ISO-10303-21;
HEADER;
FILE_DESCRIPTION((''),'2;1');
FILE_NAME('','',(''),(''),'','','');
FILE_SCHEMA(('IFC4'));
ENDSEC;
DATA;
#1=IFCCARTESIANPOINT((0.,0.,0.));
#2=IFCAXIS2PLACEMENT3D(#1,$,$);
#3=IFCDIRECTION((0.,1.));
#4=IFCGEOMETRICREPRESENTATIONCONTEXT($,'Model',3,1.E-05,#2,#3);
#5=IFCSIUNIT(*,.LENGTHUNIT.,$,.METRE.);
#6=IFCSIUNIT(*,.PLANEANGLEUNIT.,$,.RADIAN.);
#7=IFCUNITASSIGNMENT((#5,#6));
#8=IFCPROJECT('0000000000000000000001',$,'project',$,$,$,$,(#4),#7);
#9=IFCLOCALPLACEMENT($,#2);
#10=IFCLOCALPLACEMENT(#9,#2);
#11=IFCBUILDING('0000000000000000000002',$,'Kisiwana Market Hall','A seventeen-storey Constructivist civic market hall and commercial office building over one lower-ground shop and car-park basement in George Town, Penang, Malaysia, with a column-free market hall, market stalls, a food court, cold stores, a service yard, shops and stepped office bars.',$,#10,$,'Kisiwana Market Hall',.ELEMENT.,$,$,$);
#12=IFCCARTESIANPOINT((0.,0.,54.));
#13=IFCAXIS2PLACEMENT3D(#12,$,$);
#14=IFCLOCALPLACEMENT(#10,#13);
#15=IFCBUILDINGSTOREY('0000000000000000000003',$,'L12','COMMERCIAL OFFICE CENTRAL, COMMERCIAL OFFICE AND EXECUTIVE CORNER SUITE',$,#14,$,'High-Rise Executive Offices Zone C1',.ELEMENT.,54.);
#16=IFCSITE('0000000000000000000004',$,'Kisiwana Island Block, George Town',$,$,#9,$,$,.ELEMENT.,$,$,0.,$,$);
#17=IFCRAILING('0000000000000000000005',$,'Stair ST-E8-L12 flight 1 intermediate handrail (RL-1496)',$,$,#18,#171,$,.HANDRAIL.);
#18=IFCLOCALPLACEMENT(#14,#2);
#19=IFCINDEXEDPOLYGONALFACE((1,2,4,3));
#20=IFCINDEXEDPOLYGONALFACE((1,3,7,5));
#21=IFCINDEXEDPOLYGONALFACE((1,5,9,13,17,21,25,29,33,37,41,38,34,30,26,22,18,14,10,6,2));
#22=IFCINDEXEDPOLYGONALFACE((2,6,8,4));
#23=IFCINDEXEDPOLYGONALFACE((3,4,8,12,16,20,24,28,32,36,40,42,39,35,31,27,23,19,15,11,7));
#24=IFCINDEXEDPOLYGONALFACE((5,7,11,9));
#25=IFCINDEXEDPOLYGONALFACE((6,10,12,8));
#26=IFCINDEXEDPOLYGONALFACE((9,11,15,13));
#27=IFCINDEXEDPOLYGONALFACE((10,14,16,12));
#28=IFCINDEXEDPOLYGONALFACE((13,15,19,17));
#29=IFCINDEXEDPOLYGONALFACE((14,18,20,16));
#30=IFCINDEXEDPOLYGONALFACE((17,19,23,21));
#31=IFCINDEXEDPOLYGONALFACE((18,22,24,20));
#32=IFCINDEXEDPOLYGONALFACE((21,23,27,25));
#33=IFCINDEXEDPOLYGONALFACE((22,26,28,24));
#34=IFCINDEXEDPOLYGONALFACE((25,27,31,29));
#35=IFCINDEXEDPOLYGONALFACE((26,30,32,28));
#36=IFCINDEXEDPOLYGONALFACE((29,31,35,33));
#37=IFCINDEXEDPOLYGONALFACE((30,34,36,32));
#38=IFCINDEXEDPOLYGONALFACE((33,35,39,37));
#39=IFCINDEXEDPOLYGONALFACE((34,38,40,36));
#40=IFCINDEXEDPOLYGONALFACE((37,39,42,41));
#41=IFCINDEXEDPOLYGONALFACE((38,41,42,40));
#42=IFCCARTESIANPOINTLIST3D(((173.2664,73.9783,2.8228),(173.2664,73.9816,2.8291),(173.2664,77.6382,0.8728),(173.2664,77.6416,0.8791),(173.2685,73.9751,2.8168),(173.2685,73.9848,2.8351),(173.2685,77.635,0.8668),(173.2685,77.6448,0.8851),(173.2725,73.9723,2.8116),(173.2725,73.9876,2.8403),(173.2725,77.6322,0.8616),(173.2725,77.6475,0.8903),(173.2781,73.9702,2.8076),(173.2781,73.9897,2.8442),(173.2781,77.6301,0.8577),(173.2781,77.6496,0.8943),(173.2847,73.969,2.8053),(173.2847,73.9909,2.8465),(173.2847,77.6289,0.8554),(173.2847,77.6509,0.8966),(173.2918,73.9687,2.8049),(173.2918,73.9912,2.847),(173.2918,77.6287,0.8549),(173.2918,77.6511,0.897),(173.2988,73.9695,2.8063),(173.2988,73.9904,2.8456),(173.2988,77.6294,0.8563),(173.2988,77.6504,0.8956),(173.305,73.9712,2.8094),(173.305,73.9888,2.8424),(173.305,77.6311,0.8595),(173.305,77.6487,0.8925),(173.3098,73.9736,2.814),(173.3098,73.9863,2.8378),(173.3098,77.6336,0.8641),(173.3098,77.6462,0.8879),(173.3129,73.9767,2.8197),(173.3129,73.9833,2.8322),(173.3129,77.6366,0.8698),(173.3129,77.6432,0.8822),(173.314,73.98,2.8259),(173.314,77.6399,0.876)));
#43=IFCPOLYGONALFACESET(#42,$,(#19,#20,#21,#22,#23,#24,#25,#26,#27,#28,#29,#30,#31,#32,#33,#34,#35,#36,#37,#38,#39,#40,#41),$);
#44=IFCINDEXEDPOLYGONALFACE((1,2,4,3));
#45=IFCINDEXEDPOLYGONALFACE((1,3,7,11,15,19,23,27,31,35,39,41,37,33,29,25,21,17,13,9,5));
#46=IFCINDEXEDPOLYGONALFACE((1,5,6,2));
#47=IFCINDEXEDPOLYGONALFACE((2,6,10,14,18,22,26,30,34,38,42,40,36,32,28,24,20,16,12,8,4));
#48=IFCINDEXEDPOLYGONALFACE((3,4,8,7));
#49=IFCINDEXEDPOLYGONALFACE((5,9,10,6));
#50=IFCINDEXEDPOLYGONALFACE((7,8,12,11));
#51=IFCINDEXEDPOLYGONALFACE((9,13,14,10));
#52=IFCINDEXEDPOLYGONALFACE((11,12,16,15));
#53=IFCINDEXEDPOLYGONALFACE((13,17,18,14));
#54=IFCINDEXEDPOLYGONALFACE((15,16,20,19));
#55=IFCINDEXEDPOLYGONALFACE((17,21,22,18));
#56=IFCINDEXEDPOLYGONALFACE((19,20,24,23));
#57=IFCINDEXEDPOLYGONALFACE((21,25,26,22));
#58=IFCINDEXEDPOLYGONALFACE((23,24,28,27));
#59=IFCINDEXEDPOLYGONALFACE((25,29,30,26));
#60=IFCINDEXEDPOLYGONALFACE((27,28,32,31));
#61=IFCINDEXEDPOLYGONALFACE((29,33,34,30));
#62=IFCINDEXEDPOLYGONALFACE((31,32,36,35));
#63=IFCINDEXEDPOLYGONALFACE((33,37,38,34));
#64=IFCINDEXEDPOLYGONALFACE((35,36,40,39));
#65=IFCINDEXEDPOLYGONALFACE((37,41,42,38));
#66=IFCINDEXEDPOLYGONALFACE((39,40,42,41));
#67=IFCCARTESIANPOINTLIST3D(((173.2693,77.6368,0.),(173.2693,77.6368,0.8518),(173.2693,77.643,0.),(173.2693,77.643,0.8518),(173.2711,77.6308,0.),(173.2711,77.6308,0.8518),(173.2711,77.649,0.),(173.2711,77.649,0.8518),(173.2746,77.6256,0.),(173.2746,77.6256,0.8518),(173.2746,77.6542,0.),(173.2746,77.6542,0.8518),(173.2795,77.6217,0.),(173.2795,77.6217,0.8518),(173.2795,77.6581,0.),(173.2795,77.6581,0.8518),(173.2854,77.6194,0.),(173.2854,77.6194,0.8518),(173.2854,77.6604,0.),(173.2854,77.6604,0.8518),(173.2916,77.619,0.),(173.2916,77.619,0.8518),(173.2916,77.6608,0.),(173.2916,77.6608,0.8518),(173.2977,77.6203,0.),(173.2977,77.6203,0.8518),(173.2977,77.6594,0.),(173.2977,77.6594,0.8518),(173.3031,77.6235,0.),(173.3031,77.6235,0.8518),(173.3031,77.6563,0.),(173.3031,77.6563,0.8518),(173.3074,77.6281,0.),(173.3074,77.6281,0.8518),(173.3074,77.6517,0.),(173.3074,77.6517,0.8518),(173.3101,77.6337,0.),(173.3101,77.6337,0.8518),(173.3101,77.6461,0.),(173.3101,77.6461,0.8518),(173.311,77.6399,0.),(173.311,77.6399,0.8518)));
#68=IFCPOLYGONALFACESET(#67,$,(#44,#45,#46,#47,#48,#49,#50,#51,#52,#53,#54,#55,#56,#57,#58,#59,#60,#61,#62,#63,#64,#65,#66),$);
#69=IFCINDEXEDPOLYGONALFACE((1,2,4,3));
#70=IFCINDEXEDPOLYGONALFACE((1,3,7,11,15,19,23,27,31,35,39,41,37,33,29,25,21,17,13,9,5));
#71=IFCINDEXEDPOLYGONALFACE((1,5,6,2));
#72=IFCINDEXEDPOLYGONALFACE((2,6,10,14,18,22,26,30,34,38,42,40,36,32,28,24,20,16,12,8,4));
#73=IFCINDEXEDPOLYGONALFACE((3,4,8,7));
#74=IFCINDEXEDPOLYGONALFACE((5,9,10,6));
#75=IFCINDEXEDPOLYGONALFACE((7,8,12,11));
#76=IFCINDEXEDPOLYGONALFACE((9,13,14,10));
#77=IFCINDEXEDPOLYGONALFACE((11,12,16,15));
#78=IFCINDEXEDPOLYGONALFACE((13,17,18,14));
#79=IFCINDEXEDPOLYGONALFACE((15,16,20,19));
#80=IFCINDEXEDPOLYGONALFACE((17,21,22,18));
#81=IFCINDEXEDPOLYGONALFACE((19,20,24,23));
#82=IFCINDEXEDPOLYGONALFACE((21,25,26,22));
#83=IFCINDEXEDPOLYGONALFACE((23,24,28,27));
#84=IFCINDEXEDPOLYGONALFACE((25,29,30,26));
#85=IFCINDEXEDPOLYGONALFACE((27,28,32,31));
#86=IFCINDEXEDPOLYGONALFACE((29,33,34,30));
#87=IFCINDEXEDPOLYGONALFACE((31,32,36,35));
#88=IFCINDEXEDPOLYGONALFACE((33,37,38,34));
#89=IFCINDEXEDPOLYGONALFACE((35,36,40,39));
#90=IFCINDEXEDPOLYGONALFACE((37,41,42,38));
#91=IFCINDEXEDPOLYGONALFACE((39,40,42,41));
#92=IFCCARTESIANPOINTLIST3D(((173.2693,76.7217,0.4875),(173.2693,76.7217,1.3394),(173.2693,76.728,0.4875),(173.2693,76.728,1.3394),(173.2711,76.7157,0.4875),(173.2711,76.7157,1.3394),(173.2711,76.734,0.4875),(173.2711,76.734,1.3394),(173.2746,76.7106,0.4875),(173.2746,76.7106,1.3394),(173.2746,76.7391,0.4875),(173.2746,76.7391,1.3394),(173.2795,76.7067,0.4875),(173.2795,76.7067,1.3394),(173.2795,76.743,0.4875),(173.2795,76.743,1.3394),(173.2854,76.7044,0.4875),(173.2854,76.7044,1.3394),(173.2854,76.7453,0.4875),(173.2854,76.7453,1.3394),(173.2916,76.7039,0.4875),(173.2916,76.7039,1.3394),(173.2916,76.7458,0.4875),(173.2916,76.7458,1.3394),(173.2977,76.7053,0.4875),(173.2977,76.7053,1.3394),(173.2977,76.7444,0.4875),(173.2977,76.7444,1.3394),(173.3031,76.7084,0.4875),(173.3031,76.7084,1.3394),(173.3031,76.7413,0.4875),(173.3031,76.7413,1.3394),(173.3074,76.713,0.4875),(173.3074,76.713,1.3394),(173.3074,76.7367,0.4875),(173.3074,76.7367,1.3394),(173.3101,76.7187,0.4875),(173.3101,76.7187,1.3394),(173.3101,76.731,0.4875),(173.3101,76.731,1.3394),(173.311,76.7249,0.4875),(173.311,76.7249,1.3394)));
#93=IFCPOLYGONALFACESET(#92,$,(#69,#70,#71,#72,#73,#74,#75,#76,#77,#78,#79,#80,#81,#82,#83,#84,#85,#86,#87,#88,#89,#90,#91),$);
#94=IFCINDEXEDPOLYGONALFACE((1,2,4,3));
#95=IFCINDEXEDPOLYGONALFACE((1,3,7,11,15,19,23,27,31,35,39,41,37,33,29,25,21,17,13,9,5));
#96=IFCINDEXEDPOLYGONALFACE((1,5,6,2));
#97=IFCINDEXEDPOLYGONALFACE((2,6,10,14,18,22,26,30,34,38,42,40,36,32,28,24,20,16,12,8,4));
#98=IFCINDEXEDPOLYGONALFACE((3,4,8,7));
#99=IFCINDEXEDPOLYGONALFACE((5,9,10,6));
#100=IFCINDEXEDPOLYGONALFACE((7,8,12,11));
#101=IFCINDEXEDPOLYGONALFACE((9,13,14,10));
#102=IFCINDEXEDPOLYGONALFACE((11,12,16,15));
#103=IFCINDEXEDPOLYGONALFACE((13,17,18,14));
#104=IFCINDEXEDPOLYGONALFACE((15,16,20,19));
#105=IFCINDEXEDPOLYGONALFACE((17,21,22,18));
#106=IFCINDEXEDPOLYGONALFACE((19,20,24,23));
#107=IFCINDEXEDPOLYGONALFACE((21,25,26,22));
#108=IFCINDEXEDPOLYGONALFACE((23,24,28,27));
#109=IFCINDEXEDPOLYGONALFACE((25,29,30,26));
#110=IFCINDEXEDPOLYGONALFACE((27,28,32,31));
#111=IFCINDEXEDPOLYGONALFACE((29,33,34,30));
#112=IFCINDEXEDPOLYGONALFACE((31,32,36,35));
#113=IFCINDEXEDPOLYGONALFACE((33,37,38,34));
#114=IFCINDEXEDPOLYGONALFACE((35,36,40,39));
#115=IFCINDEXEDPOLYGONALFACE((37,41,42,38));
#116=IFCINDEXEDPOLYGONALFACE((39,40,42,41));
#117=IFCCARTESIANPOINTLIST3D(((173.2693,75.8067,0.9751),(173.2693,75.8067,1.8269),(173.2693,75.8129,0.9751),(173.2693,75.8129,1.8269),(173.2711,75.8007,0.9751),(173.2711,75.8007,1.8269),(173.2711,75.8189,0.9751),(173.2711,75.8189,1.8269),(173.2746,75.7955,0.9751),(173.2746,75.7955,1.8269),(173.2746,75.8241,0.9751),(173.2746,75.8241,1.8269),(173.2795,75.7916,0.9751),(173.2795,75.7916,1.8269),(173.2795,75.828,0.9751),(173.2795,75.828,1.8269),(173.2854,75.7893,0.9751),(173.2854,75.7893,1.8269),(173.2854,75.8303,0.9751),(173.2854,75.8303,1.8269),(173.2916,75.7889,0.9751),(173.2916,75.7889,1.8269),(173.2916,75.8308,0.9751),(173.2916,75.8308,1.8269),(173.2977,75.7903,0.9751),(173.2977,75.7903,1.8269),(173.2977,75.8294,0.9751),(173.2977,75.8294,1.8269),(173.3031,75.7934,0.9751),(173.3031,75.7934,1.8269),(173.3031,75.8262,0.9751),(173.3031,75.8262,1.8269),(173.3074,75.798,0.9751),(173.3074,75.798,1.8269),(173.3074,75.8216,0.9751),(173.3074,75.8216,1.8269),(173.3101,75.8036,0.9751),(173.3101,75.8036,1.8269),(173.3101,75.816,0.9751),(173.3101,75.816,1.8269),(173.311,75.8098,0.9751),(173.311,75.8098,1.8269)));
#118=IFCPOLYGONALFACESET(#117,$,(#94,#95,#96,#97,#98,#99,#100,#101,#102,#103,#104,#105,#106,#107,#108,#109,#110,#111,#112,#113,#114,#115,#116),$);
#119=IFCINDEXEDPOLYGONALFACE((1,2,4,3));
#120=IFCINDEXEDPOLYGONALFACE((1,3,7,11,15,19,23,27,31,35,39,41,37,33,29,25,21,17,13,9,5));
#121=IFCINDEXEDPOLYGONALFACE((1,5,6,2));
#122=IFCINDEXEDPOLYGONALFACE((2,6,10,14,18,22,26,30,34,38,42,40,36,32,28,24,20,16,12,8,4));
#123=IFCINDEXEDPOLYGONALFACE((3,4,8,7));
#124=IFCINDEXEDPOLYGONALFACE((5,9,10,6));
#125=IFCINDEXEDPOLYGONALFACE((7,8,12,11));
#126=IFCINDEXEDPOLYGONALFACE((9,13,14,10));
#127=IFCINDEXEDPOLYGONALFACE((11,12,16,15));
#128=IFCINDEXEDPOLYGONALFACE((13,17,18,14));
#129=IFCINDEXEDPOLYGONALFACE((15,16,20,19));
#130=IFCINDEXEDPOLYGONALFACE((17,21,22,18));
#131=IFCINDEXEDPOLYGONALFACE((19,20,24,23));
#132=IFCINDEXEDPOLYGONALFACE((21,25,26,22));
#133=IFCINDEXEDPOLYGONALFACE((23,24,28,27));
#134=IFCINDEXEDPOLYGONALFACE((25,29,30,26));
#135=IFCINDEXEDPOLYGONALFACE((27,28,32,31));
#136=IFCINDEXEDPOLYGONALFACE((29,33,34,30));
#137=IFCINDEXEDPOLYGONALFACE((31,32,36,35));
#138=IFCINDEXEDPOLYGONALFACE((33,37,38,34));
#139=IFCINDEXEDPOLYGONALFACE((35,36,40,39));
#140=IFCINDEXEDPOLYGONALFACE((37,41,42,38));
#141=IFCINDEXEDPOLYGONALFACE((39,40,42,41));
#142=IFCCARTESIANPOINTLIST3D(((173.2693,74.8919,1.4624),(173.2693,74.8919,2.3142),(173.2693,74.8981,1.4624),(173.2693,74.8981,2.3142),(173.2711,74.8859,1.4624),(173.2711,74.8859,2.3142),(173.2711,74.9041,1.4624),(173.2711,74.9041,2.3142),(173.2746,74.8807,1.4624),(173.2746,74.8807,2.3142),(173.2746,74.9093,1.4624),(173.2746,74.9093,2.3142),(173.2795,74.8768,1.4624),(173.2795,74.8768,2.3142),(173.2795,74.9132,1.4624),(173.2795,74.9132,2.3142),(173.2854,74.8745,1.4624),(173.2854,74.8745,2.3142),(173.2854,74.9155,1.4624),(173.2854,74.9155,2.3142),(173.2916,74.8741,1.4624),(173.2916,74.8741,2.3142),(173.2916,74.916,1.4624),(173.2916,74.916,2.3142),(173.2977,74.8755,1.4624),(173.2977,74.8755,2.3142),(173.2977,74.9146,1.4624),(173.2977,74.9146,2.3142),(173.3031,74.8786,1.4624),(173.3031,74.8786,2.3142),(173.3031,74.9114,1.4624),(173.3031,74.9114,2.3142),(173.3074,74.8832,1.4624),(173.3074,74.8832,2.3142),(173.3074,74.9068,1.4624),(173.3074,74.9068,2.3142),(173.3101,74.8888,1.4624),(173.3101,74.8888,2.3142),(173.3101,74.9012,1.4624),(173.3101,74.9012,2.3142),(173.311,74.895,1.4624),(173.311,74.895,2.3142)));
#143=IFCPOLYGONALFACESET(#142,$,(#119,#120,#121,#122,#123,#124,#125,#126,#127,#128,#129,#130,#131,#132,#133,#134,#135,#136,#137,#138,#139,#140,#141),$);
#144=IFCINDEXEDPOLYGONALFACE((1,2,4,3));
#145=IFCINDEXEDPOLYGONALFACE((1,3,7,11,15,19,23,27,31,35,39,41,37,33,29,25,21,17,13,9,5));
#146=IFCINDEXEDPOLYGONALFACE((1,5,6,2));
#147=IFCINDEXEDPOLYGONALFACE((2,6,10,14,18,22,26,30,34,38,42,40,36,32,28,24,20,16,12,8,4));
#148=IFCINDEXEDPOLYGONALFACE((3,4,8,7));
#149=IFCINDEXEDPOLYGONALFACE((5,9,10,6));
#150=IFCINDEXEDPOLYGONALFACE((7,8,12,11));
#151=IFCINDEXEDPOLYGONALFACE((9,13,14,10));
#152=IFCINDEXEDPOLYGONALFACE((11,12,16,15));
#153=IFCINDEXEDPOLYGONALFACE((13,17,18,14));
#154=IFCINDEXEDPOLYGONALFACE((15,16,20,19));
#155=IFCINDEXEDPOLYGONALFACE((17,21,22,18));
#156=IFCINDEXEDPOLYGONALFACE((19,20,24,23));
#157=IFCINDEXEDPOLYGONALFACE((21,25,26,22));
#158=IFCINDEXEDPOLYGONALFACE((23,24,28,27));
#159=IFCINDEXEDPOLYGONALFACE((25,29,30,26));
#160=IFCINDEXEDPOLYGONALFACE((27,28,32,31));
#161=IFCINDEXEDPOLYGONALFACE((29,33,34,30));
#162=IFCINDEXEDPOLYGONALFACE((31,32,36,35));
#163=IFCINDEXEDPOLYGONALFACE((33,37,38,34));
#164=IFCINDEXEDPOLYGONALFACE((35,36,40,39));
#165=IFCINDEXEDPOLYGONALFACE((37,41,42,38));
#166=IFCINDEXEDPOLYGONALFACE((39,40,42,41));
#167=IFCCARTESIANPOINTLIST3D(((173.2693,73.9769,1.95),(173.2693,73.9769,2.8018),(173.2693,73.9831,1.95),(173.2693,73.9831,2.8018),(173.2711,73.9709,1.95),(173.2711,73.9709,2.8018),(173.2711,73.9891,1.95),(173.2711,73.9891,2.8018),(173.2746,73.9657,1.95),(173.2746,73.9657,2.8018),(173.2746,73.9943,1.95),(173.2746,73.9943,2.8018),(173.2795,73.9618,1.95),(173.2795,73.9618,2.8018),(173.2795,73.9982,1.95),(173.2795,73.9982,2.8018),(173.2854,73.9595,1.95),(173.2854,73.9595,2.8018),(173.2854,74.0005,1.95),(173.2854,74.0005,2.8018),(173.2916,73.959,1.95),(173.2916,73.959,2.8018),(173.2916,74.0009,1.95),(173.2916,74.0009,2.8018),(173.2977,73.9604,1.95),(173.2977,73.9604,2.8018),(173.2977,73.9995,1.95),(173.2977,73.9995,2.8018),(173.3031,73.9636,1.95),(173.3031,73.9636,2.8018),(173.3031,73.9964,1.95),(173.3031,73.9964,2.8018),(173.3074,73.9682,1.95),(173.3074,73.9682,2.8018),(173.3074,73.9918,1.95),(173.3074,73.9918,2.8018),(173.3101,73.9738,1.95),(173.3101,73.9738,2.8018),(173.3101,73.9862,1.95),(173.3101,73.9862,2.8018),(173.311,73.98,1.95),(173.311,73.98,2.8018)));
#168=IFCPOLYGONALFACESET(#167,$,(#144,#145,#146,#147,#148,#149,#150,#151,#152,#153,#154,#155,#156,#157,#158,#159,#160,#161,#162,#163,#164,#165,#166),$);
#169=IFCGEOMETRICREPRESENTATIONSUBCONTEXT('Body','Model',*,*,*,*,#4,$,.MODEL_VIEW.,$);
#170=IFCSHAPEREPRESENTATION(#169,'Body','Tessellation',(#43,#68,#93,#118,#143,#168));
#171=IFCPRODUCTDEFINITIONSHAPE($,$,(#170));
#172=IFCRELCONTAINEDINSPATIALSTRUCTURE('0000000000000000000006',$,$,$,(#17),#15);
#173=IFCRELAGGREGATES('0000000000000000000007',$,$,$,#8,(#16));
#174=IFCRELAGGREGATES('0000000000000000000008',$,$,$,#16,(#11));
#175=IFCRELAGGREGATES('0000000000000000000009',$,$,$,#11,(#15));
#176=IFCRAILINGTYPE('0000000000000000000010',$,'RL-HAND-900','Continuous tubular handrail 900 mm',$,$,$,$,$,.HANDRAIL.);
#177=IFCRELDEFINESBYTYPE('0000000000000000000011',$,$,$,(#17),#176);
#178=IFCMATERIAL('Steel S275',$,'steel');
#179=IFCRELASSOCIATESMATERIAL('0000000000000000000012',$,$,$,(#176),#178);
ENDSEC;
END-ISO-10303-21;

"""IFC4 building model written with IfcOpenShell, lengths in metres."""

from ifc_helpers import new_model, si_unit, direction, frame, origin, origin_2d, place, context, subcontext, project, spatial, circle, extrude, material, type_object, element, save


model = new_model("IFC4")

# Units and contexts
model_context = context("Model", 3, precision=1e-05, world=origin(), true_north=direction((0.0, 1.0)))
body_context = subcontext(model_context, "Body", "Model", "MODEL_VIEW")
ifc_project = project(units=[si_unit("LENGTHUNIT", "METRE"), si_unit("PLANEANGLEUNIT", "RADIAN")], contexts=[model_context])

# Site, building, storey
site_placement = place(None, origin())
site = spatial("IfcSite", under=ifc_project, at=site_placement, Name="Kisiwana Island Block, George Town", CompositionType="ELEMENT", RefElevation=0.0)
building_placement = place(site_placement, origin())
building = spatial("IfcBuilding", under=site, at=building_placement, Name="Kisiwana Market Hall", Description="A seventeen-storey Constructivist civic market hall and commercial office building over one lower-ground shop and car-park basement in George Town, Penang, Malaysia, with a column-free market hall, market stalls, a food court, cold stores, a service yard, shops and stepped office bars.", LongName="Kisiwana Market Hall", CompositionType="ELEMENT")
storey_placement = place(building_placement, frame((0.0, 0.0, 54.0)))
storey = spatial("IfcBuildingStorey", under=building, at=storey_placement, Name="L12", Description="COMMERCIAL OFFICE CENTRAL, COMMERCIAL OFFICE AND EXECUTIVE CORNER SUITE", LongName="High-Rise Executive Offices Zone C1", CompositionType="ELEMENT", Elevation=54.0)

# Railing
ifc_material_1 = material(Name="Steel S275", Category="steel")
railing_type_1 = type_object("IfcRailingType", Name="RL-HAND-900", Description="Continuous tubular handrail 900 mm", PredefinedType="HANDRAIL", material=ifc_material_1)
railing_1_placement = place(storey_placement, frame((173.29, 77.6399, 0.0)))
element("IfcRailing", 1, at=railing_1_placement, inside=storey, type_object=railing_type_1, Name="Stair ST-E8-L12 flight 1 intermediate handrail (RL-1496)", PredefinedType="HANDRAIL", context=body_context, shape_type="SweptSolid", body=[
    extrude(circle(Radius=0.0239, at=origin_2d()), frame((0.0, 0.0, 0.876), z_axis=(0.0, -0.882553, 0.470212), x_axis=(1.0, 0.0, 0.0)), (0.0, 0.0, 1.0), 4.147),
    extrude(circle(Radius=0.021, at=origin_2d()), origin(), (0.0, 0.0, 1.0), 0.8518),
    extrude(circle(Radius=0.021, at=origin_2d()), frame((0.0, -0.915, 0.4875)), (0.0, 0.0, 1.0), 0.8518),
    extrude(circle(Radius=0.021, at=origin_2d()), frame((0.0, -1.8301, 0.9751)), (0.0, 0.0, 1.0), 0.8518),
    extrude(circle(Radius=0.021, at=origin_2d()), frame((0.0, -2.7449, 1.4624)), (0.0, 0.0, 1.0), 0.8518),
    extrude(circle(Radius=0.021, at=origin_2d()), frame((0.0, -3.6599, 1.95)), (0.0, 0.0, 1.0), 0.8518),
])

save(model, "model.ifc")
